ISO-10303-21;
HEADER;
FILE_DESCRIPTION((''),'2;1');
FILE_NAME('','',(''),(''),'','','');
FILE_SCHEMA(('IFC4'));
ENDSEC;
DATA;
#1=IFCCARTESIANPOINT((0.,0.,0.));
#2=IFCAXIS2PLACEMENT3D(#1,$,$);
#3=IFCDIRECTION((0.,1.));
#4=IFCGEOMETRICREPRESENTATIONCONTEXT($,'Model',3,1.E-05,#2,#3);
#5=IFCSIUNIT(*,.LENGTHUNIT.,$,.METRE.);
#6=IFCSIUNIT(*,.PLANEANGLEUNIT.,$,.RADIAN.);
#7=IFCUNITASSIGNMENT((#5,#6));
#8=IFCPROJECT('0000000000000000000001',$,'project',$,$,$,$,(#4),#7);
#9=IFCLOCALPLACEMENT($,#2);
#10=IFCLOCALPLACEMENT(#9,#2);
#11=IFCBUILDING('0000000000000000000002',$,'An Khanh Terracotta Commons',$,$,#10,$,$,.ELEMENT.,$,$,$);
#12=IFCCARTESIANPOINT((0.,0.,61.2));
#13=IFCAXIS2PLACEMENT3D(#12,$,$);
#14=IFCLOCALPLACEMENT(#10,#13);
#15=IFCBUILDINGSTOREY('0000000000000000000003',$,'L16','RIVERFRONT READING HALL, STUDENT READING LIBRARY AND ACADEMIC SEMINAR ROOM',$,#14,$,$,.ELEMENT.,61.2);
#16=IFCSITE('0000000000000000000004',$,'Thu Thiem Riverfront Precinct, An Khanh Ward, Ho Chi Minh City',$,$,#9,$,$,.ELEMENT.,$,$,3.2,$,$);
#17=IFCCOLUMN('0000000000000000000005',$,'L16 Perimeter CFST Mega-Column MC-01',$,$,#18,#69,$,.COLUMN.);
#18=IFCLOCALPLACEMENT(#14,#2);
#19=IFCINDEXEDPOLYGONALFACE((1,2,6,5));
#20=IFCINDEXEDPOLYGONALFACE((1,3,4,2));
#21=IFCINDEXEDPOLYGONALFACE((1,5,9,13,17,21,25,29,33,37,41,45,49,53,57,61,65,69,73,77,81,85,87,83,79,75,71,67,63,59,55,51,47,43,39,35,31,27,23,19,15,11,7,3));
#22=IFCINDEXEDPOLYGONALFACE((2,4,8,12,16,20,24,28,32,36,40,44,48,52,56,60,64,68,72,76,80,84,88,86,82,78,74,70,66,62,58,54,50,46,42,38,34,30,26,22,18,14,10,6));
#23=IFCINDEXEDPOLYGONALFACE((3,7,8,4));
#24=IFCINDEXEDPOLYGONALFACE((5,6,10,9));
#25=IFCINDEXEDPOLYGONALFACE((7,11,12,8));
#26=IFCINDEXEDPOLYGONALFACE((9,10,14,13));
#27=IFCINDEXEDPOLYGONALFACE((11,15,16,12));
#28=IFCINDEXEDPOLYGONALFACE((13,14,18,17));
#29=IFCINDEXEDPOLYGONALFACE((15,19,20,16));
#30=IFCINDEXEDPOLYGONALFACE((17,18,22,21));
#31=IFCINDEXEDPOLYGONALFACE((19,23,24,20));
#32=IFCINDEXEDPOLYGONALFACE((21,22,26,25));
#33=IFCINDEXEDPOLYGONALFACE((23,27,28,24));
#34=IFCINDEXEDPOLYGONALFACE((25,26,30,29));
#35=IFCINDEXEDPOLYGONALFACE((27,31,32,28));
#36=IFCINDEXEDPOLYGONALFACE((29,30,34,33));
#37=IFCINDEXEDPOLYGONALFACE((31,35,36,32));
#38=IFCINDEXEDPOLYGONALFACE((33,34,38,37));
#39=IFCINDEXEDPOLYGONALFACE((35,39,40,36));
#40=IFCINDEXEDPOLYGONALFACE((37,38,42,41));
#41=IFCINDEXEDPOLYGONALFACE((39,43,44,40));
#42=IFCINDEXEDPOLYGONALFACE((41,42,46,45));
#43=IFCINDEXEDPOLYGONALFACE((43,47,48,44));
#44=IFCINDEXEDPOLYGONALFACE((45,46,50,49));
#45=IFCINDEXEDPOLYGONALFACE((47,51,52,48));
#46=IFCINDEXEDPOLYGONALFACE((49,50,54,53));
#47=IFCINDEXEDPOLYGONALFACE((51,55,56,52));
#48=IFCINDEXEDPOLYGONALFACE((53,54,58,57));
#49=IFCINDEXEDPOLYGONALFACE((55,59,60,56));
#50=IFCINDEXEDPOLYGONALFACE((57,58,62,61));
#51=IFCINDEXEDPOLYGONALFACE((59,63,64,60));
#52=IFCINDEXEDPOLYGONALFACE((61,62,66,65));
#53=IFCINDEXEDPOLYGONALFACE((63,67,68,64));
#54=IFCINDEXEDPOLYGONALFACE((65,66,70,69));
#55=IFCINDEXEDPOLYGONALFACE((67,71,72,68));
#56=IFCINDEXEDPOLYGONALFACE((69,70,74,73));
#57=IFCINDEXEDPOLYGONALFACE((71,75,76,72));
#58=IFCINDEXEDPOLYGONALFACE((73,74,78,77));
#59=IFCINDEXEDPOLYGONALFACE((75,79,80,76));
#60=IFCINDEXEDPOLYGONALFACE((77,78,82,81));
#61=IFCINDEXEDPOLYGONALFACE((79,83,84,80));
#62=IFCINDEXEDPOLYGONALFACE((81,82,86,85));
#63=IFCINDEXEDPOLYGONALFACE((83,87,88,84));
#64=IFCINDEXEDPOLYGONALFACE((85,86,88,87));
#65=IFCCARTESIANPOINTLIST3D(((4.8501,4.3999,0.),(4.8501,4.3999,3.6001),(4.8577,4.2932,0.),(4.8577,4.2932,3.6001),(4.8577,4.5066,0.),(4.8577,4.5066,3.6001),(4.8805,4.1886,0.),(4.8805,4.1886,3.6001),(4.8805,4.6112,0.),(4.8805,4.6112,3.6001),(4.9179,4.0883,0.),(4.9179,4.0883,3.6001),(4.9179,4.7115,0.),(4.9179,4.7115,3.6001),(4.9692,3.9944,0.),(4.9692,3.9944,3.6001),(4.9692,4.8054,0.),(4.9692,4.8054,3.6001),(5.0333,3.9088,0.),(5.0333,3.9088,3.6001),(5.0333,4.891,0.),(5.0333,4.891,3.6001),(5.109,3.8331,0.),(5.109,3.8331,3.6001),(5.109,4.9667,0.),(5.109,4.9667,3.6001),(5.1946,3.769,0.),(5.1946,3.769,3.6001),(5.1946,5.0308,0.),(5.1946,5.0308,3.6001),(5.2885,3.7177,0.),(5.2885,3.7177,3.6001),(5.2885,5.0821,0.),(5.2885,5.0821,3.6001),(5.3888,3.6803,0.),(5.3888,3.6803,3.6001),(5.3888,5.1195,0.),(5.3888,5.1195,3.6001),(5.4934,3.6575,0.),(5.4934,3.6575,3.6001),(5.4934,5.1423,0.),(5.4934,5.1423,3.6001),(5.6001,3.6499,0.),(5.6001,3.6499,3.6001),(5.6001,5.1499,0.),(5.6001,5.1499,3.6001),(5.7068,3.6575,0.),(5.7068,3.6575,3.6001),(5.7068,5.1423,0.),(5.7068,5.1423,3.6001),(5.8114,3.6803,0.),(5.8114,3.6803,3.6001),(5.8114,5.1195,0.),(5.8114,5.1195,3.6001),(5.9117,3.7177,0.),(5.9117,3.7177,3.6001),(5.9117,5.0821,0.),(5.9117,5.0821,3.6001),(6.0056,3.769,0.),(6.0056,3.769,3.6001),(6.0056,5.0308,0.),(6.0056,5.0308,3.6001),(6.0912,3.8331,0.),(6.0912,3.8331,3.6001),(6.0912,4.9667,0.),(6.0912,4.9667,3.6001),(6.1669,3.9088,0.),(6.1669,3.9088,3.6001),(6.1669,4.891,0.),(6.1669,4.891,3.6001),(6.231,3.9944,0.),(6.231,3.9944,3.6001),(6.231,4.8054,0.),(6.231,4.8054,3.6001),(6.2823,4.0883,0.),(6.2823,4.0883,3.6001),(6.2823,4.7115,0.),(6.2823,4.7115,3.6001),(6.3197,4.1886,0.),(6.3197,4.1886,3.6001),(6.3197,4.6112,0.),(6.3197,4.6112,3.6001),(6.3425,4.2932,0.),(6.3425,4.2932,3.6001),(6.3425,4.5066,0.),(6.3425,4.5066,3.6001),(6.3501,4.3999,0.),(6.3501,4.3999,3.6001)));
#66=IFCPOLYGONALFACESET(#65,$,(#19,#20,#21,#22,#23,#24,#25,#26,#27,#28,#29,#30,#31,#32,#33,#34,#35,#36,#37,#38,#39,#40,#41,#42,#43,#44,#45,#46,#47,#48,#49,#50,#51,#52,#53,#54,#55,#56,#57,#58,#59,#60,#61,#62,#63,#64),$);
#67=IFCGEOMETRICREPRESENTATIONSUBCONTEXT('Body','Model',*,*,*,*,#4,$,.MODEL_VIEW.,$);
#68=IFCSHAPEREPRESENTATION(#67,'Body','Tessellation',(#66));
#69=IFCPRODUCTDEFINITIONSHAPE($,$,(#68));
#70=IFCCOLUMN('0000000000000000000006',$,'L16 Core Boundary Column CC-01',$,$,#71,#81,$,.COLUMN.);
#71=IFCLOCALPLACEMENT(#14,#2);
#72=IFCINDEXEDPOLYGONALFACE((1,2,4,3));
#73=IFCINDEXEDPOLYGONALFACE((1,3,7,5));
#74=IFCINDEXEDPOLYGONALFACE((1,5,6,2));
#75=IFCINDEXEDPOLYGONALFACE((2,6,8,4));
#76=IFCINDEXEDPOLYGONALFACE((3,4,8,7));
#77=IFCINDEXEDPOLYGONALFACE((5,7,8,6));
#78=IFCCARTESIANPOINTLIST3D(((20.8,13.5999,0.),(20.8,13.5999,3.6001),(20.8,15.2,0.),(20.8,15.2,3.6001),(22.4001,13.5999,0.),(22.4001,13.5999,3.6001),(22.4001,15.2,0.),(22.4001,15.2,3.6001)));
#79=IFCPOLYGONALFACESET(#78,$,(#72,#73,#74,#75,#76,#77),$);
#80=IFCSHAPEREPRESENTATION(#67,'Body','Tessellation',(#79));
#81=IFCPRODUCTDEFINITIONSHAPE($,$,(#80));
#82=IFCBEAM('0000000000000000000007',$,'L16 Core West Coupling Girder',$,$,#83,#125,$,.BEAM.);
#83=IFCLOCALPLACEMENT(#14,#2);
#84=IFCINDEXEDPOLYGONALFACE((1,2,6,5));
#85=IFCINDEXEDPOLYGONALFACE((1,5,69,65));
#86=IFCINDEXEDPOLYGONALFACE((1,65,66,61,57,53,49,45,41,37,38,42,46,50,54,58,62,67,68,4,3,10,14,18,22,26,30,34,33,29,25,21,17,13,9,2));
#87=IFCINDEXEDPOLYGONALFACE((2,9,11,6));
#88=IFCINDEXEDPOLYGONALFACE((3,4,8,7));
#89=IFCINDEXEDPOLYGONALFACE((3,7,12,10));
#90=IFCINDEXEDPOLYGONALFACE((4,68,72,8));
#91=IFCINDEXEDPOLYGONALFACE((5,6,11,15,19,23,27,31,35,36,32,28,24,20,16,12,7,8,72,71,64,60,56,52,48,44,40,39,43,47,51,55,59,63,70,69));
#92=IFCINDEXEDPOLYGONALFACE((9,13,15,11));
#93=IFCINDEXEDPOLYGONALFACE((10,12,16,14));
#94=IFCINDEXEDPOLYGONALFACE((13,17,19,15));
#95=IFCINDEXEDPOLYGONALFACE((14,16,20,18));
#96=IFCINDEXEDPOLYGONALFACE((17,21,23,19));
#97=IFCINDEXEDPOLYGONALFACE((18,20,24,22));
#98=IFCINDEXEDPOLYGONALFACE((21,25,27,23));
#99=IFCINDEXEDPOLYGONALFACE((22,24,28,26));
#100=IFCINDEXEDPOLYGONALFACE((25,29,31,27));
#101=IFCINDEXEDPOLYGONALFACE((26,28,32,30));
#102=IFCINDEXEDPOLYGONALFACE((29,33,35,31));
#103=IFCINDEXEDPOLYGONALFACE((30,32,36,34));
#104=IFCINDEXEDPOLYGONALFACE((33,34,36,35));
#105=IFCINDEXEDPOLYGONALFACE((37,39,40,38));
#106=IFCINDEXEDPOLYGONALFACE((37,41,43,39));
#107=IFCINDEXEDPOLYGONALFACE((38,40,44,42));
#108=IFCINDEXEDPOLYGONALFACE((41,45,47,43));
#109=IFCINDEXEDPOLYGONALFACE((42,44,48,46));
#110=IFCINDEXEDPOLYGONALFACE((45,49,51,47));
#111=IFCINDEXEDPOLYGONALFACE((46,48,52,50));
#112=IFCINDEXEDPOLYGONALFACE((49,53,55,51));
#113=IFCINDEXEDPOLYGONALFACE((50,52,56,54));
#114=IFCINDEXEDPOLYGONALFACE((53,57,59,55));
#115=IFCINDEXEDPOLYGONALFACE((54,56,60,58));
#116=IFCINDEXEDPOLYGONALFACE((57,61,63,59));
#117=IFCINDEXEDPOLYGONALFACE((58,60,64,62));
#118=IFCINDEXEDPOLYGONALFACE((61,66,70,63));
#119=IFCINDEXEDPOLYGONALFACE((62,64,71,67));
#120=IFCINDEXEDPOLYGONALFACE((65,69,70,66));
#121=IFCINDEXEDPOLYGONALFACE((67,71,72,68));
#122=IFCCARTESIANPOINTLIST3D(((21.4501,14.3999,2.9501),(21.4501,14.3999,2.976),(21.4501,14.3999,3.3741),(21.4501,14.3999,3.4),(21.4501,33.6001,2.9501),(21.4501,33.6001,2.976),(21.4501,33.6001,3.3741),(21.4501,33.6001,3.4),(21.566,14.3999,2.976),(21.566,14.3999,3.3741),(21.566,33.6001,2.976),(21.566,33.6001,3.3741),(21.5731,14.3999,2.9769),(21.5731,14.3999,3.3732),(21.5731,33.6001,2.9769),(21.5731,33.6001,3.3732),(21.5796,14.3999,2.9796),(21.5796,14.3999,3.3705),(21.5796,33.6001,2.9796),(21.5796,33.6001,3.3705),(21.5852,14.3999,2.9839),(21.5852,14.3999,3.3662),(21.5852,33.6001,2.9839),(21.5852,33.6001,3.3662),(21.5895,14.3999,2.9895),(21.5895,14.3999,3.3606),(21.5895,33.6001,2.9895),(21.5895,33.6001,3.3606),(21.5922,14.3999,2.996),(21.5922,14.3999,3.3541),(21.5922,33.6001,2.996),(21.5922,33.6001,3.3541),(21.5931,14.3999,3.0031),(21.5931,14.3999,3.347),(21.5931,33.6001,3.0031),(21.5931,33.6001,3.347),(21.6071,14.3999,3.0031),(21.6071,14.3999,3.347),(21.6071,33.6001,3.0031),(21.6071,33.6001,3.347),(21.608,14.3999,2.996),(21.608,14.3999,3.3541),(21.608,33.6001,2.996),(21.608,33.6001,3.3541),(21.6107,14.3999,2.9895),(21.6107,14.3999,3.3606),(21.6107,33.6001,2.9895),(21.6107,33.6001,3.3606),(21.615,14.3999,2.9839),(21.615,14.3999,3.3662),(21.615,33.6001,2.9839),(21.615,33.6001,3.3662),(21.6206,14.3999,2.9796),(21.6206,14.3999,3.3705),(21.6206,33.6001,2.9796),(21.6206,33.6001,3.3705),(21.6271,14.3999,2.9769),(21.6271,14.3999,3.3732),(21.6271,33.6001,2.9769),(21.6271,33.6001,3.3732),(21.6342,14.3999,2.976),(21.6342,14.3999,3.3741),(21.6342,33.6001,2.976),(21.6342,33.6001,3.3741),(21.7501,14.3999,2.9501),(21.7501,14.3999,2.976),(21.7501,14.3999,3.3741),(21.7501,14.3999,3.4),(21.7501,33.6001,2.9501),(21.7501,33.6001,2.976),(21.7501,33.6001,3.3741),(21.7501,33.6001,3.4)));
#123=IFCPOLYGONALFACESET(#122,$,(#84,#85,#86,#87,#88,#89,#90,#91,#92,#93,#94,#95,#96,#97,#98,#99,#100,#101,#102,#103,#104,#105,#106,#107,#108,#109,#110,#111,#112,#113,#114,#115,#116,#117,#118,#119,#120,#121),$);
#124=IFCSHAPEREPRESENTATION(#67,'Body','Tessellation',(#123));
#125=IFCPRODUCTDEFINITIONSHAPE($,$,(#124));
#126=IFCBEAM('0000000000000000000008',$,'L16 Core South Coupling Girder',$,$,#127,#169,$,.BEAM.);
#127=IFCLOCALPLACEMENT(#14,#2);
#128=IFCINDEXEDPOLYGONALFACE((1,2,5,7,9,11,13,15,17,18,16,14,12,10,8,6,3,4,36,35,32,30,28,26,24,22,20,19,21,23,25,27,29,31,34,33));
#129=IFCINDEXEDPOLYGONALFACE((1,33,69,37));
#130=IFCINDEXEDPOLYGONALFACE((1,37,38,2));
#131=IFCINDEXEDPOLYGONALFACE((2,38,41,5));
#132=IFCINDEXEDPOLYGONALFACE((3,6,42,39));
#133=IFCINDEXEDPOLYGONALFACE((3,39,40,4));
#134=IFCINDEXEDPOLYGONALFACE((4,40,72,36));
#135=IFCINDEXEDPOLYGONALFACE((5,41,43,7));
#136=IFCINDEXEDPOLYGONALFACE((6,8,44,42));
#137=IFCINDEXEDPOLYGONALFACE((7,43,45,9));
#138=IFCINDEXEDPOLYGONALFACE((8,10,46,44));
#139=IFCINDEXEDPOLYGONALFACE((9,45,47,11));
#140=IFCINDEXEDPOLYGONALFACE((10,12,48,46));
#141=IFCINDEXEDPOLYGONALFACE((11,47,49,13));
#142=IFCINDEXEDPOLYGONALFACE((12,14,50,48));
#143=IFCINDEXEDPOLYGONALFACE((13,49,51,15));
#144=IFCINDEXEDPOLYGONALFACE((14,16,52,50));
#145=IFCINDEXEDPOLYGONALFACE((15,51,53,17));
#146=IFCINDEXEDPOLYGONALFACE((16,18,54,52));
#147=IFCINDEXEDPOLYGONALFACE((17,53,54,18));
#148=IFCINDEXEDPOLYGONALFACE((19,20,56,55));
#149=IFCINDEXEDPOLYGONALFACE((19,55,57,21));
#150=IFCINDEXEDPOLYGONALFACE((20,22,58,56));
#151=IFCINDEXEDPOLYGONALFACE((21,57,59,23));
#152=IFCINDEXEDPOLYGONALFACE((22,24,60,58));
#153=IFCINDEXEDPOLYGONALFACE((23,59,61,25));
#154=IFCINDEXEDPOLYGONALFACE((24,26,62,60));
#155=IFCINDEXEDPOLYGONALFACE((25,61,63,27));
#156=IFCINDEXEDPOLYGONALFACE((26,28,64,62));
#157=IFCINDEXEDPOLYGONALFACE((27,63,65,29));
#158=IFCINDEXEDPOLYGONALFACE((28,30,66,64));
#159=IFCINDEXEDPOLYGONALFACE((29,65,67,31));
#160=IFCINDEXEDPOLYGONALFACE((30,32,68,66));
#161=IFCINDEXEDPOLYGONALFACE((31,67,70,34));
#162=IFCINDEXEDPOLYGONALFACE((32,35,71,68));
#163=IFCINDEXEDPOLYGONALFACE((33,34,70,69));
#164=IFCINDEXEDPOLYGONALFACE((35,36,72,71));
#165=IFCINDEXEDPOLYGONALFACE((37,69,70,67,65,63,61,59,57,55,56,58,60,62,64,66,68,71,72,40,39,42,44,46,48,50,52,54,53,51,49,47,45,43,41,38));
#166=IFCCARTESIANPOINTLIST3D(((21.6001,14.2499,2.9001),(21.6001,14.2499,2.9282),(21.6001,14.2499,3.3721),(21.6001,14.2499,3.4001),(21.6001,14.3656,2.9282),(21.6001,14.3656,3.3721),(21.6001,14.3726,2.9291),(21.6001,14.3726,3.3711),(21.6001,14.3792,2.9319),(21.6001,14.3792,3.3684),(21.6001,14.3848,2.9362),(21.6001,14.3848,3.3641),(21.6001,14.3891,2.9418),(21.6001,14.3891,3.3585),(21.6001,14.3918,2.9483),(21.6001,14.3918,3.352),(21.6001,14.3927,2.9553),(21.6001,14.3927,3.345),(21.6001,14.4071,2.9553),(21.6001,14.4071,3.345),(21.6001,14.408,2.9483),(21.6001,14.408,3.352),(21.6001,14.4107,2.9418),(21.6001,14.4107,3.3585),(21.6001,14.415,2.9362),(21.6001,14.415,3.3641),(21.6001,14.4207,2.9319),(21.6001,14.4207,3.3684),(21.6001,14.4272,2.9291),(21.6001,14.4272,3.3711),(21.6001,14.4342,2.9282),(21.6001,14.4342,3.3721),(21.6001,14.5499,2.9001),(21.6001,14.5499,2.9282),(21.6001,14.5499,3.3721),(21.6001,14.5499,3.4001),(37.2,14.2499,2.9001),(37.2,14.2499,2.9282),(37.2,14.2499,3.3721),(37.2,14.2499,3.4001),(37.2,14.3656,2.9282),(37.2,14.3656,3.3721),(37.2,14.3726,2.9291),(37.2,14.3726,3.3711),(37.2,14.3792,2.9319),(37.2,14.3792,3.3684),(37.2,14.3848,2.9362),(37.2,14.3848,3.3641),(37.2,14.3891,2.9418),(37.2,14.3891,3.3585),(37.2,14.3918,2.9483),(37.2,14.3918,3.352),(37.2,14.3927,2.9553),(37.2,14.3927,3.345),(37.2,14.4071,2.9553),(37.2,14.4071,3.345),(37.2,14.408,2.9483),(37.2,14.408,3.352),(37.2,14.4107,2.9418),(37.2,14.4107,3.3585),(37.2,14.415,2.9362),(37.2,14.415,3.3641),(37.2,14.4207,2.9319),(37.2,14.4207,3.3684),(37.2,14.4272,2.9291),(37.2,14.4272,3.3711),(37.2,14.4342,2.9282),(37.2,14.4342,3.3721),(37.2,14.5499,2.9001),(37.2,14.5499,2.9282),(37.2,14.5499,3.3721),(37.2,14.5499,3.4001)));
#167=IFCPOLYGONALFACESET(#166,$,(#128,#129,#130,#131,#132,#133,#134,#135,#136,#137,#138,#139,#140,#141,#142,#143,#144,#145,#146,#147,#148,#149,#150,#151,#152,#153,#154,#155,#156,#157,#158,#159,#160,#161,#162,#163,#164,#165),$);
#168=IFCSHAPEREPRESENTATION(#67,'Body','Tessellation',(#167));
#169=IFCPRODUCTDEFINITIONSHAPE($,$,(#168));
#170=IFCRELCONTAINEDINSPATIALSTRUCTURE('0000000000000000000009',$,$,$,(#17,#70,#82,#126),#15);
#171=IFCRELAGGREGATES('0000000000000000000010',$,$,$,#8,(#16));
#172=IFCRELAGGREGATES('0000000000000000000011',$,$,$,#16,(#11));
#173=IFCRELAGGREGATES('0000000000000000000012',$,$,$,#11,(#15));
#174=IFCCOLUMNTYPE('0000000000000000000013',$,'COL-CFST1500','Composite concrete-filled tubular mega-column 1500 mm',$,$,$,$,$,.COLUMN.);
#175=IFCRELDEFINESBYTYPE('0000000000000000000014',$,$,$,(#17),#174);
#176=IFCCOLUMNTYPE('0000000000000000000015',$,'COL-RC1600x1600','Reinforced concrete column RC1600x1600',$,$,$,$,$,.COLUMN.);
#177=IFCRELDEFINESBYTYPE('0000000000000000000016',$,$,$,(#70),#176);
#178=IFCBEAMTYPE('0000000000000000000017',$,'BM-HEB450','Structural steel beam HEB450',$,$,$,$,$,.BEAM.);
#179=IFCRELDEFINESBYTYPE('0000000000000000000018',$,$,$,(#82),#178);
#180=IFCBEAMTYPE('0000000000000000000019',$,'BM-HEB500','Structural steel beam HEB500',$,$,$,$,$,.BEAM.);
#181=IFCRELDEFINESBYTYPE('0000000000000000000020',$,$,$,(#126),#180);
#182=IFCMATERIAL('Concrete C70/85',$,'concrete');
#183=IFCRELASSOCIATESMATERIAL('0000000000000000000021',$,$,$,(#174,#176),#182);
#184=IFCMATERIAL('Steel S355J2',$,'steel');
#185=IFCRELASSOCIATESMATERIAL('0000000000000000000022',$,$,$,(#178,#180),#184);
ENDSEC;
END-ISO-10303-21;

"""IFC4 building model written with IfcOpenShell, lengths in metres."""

from ifc_helpers import new_model, si_unit, direction, frame, origin, origin_2d, place, context, subcontext, project, spatial, rectangle, circle, i_section, extrude, material, material_profile, profile_set, type_object, element, save


model = new_model("IFC4")

# Units and contexts
model_context = context("Model", 3, precision=1e-05, world=origin(), true_north=direction((0.0, 1.0)))
body_context = subcontext(model_context, "Body", "Model", "MODEL_VIEW")
ifc_project = project(units=[si_unit("LENGTHUNIT", "METRE"), si_unit("PLANEANGLEUNIT", "RADIAN")], contexts=[model_context])

# Site, building, storey
site_placement = place(None, origin())
site = spatial("IfcSite", under=ifc_project, at=site_placement, Name="Thu Thiem Riverfront Precinct, An Khanh Ward, Ho Chi Minh City", CompositionType="ELEMENT", RefElevation=3.2)
building_placement = place(site_placement, origin())
building = spatial("IfcBuilding", under=site, at=building_placement, Name="An Khanh Terracotta Commons", CompositionType="ELEMENT")
storey_placement = place(building_placement, frame((0.0, 0.0, 61.2)))
storey = spatial("IfcBuildingStorey", under=building, at=storey_placement, Name="L16", Description="RIVERFRONT READING HALL, STUDENT READING LIBRARY AND ACADEMIC SEMINAR ROOM", CompositionType="ELEMENT", Elevation=61.2)

# Columns
ifc_material_1 = material(Name="Concrete C70/85", Category="concrete")
ifc_material_profile_1 = material_profile(ifc_material_1, circle(Radius=0.75, at=origin_2d()), Name="CFST1500")
ifc_profile_set_1 = profile_set([ifc_material_profile_1], Name="Concrete C70/85")
column_type_1 = type_object("IfcColumnType", Name="COL-CFST1500", Description="Composite concrete-filled tubular mega-column 1500 mm", PredefinedType="COLUMN", material=ifc_profile_set_1)
column_1_placement = place(storey_placement, frame((5.6001, 4.3999, 0.0), z_axis=(0.0, 0.0, 1.0), x_axis=(1.0, 0.0, 0.0)))
element("IfcColumn", 1, at=column_1_placement, inside=storey, type_object=column_type_1, Name="L16 Perimeter CFST Mega-Column MC-01", PredefinedType="COLUMN", context=body_context, shape_type="SweptSolid", body=[
    extrude(circle(Radius=0.75, at=origin_2d()), origin(), (0.0, 0.0, 1.0), 3.6001),
])
ifc_material_profile_2 = material_profile(ifc_material_1, rectangle(XDim=1.6001, YDim=1.6001, at=origin_2d()), Name="RC1600x1600")
ifc_profile_set_2 = profile_set([ifc_material_profile_2], Name="Concrete C70/85")
column_type_2 = type_object("IfcColumnType", Name="COL-RC1600x1600", Description="Reinforced concrete column RC1600x1600", PredefinedType="COLUMN", material=ifc_profile_set_2)
column_2_placement = place(storey_placement, frame((21.6001, 14.3999, 0.0), z_axis=(0.0, 0.0, 1.0), x_axis=(1.0, 0.0, 0.0)))
element("IfcColumn", 2, at=column_2_placement, inside=storey, type_object=column_type_2, Name="L16 Core Boundary Column CC-01", PredefinedType="COLUMN", context=body_context, shape_type="SweptSolid", body=[
    extrude(rectangle(XDim=1.6001, YDim=1.6001, at=origin_2d()), origin(), (0.0, 0.0, 1.0), 3.6001),
])

# Beams
ifc_material_2 = material(Name="Steel S355J2", Category="steel")
ifc_material_profile_3 = material_profile(ifc_material_2, i_section(OverallWidth=0.3, OverallDepth=0.45, WebThickness=0.0139, FlangeThickness=0.0259, FilletRadius=0.0271, at=origin_2d()), Name="HEB450")
ifc_profile_set_3 = profile_set([ifc_material_profile_3], Name="Steel S355J2")
beam_type_1 = type_object("IfcBeamType", Name="BM-HEB450", Description="Structural steel beam HEB450", PredefinedType="BEAM", material=ifc_profile_set_3)
beam_1_placement = place(storey_placement, frame((21.6001, 14.3999, 3.175), z_axis=(0.0, 1.0, 0.0), x_axis=(-1.0, 0.0, 0.0)))
element("IfcBeam", 3, at=beam_1_placement, inside=storey, type_object=beam_type_1, Name="L16 Core West Coupling Girder", PredefinedType="BEAM", context=body_context, shape_type="SweptSolid", body=[
    extrude(i_section(OverallWidth=0.3, OverallDepth=0.45, WebThickness=0.0139, FlangeThickness=0.0259, FilletRadius=0.0271, at=origin_2d()), origin(), (0.0, 0.0, 1.0), 19.2002),
])
ifc_material_profile_4 = material_profile(ifc_material_2, i_section(OverallWidth=0.3, OverallDepth=0.5, WebThickness=0.0144, FlangeThickness=0.0281, FilletRadius=0.0271, at=origin_2d()), Name="HEB500")
ifc_profile_set_4 = profile_set([ifc_material_profile_4], Name="Steel S355J2")
beam_type_2 = type_object("IfcBeamType", Name="BM-HEB500", Description="Structural steel beam HEB500", PredefinedType="BEAM", material=ifc_profile_set_4)
beam_2_placement = place(storey_placement, frame((21.6001, 14.3999, 3.1501), z_axis=(1.0, 0.0, 0.0), x_axis=(0.0, 1.0, 0.0)))
element("IfcBeam", 4, at=beam_2_placement, inside=storey, type_object=beam_type_2, Name="L16 Core South Coupling Girder", PredefinedType="BEAM", context=body_context, shape_type="SweptSolid", body=[
    extrude(i_section(OverallWidth=0.3, OverallDepth=0.5, WebThickness=0.0144, FlangeThickness=0.0281, FilletRadius=0.0271, at=origin_2d()), origin(), (0.0, 0.0, 1.0), 15.5999),
])

save(model, "model.ifc")
